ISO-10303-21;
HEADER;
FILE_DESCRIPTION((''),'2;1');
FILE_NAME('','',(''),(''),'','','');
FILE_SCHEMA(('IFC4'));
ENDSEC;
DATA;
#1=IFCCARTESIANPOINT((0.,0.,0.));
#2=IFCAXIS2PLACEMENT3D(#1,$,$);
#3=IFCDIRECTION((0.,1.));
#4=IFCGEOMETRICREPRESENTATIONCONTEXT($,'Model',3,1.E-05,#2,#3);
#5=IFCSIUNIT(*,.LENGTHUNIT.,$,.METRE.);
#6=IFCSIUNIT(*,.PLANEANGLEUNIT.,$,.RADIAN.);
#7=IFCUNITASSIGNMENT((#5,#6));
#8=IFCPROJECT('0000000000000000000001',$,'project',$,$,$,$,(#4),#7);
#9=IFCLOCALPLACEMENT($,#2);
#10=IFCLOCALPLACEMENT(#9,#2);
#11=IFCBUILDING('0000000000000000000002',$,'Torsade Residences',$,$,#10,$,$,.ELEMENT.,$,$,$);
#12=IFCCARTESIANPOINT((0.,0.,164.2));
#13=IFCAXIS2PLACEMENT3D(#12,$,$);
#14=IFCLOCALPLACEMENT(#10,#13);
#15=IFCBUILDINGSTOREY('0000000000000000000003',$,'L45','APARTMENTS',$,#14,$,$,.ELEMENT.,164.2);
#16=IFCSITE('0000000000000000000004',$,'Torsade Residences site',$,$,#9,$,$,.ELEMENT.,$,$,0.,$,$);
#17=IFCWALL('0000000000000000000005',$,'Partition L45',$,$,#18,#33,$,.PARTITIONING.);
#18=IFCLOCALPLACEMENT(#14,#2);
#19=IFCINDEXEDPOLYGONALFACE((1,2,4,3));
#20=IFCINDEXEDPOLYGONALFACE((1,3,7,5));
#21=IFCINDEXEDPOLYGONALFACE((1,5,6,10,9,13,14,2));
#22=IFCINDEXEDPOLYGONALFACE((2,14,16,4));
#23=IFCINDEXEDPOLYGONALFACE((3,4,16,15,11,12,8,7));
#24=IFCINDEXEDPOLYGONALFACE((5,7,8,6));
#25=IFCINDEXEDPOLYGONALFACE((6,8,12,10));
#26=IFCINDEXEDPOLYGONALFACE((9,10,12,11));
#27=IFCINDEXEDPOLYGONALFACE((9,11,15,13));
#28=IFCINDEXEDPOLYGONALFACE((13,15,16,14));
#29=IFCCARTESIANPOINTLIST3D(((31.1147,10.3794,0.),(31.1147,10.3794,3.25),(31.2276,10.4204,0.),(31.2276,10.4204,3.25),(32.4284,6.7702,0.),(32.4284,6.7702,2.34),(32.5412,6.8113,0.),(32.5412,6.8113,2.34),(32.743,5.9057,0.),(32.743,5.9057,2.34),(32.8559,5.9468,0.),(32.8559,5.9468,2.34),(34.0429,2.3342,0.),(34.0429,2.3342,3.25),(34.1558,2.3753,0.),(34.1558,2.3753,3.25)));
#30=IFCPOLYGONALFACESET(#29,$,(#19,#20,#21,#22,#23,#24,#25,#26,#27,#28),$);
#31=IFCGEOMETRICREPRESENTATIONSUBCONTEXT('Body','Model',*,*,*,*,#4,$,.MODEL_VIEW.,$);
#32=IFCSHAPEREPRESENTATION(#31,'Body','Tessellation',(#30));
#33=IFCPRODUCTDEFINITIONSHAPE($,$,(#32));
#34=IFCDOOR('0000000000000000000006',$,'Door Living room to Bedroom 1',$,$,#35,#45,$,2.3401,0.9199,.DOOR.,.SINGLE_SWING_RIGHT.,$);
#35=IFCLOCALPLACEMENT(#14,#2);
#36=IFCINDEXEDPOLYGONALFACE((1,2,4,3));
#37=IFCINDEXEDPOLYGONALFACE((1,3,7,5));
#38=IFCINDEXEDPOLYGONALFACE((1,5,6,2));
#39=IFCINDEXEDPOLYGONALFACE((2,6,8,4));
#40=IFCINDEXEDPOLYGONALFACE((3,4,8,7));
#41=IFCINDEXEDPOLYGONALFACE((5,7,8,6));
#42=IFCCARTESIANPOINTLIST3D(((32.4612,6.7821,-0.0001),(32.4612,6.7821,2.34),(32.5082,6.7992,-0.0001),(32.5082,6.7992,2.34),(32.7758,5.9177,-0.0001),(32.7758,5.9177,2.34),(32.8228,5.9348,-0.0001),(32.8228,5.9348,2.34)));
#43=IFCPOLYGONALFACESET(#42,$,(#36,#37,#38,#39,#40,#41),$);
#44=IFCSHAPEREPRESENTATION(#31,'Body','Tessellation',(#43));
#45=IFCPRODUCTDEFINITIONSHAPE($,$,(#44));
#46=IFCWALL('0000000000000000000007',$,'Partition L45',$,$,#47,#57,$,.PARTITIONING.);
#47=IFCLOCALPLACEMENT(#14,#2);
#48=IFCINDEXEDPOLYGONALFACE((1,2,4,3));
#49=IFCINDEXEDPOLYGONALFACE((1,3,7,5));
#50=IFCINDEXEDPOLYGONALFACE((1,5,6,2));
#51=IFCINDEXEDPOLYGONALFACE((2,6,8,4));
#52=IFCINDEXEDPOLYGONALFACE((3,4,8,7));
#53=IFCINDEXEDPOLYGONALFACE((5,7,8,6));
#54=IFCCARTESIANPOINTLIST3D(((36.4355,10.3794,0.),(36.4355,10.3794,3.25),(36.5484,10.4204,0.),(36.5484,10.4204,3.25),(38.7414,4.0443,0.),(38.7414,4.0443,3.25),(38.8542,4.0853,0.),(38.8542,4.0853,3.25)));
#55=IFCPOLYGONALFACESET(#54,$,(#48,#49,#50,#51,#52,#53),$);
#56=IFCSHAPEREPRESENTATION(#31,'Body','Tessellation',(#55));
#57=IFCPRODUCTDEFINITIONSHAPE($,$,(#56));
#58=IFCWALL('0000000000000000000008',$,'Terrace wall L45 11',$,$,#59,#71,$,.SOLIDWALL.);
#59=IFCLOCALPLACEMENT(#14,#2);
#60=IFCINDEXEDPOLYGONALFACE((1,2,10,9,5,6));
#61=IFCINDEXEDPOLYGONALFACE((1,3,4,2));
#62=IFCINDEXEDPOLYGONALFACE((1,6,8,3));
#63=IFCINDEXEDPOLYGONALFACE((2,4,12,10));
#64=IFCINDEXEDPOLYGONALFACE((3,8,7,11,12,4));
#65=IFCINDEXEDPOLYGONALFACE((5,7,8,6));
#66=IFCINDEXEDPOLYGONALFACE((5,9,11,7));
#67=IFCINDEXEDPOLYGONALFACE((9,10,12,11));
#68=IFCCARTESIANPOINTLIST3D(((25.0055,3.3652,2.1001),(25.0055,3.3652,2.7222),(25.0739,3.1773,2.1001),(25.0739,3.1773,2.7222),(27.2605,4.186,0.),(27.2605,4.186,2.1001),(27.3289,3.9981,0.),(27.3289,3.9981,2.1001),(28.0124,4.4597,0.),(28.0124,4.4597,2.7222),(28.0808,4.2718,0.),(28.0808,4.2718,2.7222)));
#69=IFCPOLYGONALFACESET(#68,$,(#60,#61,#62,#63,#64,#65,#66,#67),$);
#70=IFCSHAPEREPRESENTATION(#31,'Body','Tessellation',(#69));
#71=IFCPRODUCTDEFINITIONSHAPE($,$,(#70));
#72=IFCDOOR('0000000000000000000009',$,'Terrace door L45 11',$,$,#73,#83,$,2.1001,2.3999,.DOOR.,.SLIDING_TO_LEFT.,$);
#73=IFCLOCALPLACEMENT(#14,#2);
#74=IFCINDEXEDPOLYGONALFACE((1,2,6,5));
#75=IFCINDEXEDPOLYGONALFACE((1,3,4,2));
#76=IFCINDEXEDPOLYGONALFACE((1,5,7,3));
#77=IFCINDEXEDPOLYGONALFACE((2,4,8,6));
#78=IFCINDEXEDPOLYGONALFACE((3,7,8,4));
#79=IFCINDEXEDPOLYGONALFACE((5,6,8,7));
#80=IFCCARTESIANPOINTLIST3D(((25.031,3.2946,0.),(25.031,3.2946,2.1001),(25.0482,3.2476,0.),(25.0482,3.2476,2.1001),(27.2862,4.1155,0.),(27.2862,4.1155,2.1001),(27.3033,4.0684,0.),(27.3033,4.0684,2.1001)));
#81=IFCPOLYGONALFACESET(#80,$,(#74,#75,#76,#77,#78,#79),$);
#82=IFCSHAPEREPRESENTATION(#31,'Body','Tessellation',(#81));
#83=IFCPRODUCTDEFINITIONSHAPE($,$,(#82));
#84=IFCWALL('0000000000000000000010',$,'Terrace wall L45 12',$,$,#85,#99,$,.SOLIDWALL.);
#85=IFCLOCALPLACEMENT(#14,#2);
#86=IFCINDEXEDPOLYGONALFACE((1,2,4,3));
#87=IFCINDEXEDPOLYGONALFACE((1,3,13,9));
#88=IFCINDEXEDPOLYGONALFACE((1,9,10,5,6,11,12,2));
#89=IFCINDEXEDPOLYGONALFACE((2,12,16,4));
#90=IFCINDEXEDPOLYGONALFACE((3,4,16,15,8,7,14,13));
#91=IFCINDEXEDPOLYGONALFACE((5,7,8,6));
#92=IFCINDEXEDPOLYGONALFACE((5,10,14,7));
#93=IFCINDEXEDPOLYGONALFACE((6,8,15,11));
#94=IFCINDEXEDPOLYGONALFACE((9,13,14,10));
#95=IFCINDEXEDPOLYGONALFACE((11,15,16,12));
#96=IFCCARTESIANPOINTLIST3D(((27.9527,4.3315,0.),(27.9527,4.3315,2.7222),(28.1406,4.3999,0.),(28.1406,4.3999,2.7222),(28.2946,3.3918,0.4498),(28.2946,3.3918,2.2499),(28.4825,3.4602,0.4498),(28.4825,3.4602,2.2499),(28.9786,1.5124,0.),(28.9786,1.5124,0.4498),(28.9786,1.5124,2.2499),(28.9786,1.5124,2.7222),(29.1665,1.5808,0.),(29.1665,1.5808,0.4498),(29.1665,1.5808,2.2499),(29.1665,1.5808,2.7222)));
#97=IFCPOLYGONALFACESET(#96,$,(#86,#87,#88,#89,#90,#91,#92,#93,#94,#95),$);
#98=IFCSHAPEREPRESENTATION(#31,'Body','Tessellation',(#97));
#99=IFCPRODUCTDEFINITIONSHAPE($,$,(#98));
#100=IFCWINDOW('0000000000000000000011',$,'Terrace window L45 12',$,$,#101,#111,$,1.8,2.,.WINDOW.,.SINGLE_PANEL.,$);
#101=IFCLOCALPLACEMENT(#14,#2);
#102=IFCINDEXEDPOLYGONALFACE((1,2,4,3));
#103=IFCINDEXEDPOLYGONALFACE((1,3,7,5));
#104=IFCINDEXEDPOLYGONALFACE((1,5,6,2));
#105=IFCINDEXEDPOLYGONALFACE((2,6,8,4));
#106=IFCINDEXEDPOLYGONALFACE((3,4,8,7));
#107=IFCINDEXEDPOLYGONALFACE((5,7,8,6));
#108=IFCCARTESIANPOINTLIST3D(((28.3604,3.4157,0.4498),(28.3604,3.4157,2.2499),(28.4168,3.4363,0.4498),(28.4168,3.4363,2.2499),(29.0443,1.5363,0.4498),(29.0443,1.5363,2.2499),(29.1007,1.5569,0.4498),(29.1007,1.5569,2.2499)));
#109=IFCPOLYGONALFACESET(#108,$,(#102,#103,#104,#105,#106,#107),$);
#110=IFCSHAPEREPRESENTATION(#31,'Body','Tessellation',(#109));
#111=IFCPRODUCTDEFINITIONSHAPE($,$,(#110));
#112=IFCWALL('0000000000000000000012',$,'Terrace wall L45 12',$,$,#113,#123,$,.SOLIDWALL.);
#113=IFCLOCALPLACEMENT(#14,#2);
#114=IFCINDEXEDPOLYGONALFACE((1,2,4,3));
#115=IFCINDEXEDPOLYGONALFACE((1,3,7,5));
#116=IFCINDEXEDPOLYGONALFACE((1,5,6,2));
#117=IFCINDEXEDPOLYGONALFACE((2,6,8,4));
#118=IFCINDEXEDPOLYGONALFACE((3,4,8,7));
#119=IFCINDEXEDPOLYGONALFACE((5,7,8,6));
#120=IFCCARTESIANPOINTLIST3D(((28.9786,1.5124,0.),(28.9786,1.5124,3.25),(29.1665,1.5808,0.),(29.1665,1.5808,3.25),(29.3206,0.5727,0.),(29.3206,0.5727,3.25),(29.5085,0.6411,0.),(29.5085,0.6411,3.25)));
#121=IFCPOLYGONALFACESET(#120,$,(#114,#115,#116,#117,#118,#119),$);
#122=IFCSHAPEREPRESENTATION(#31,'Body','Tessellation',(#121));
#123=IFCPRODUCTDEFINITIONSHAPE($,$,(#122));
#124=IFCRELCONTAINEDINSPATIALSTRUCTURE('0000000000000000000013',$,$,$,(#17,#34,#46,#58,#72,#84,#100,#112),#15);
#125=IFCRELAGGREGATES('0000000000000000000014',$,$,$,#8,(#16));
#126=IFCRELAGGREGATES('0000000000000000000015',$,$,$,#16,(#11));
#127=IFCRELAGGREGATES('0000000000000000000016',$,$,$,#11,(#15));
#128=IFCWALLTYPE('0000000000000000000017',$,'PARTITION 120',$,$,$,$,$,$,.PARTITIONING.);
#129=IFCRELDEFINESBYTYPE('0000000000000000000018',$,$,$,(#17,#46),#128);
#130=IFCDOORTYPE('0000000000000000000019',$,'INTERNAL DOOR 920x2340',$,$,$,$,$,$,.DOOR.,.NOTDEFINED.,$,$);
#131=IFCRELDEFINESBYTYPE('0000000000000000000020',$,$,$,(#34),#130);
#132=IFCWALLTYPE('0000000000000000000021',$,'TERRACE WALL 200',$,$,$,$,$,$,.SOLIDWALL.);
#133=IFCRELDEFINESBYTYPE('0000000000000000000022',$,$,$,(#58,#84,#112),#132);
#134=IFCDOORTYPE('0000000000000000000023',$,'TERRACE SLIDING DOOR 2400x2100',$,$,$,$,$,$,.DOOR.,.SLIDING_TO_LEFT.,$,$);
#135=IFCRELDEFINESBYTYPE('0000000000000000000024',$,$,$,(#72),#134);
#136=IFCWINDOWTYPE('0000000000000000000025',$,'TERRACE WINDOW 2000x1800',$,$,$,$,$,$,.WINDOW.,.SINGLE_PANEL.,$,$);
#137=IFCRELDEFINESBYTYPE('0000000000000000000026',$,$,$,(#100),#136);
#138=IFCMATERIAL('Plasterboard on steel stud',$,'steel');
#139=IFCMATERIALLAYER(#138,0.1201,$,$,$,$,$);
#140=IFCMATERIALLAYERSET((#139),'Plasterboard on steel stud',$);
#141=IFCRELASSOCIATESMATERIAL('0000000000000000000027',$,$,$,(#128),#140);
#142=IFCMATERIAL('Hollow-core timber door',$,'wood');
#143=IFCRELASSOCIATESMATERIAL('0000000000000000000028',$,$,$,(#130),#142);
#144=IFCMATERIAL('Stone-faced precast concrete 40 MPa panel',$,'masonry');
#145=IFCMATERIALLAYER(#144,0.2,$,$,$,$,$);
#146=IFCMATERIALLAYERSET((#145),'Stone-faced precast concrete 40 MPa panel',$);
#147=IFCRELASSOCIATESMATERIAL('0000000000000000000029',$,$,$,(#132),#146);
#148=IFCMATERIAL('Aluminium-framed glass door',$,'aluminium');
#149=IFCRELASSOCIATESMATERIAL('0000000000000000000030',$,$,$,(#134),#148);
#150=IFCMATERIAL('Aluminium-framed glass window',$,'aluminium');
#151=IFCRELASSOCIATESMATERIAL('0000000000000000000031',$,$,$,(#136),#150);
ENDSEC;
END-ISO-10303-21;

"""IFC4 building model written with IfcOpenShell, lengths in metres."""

from ifc_helpers import new_model, si_unit, direction, frame, frame_2d, origin, place, context, subcontext, project, spatial, rectangle, extrude, material, layer, layer_set, type_object, element, fill, save


model = new_model("IFC4")

# Units and contexts
model_context = context("Model", 3, precision=1e-05, world=origin(), true_north=direction((0.0, 1.0)))
body_context = subcontext(model_context, "Body", "Model", "MODEL_VIEW")
ifc_project = project(units=[si_unit("LENGTHUNIT", "METRE"), si_unit("PLANEANGLEUNIT", "RADIAN")], contexts=[model_context])

# Site, building, storey
site_placement = place(None, origin())
site = spatial("IfcSite", under=ifc_project, at=site_placement, Name="Torsade Residences site", CompositionType="ELEMENT", RefElevation=0.0)
building_placement = place(site_placement, origin())
building = spatial("IfcBuilding", under=site, at=building_placement, Name="Torsade Residences", CompositionType="ELEMENT")
storey_placement = place(building_placement, frame((0.0, 0.0, 164.2)))
storey = spatial("IfcBuildingStorey", under=building, at=storey_placement, Name="L45", Description="APARTMENTS", CompositionType="ELEMENT", Elevation=164.2)

# Wall, opening, door
ifc_material_1 = material(Name="Plasterboard on steel stud", Category="steel")
ifc_layer_1 = layer(ifc_material_1, 0.1201)
ifc_layer_set_1 = layer_set([ifc_layer_1], Name="Plasterboard on steel stud")
wall_type_1 = type_object("IfcWallType", Name="PARTITION 120", PredefinedType="PARTITIONING", material=ifc_layer_set_1)
wall_1_placement = place(storey_placement, frame((31.1711, 10.3999, 0.0), z_axis=(0.0, 0.0, 1.0), x_axis=(0.342022, -0.939692, 0.0)))
wall_1 = element("IfcWall", 1, at=wall_1_placement, inside=storey, type_object=wall_type_1, Name="Partition L45", PredefinedType="PARTITIONING", context=body_context, shape_type="SweptSolid", body=[
    extrude(rectangle(XDim=8.5615, YDim=0.1201, at=frame_2d((4.2808, 0.0))), origin(), (0.0, 0.0, 1.0), 3.25),
])
opening_1_placement = place(wall_1_placement, frame((3.8408, 0.0, 0.0)))
opening_1 = element("IfcOpeningElement", 2, at=opening_1_placement, cuts=wall_1, PredefinedType="OPENING", context=body_context, shape_type="SweptSolid", body=[
    extrude(rectangle(XDim=0.9199, YDim=2.3401, at=frame_2d((0.46, 1.1699))), frame((0.0, 0.0701, 0.0), z_axis=(0.0, -1.0, 0.0), x_axis=(1.0, 0.0, 0.0)), (0.0, 0.0, 1.0), 0.1401),
])
ifc_material_2 = material(Name="Hollow-core timber door", Category="wood")
door_type_1 = type_object("IfcDoorType", Name="INTERNAL DOOR 920x2340", OperationType="NOTDEFINED", PredefinedType="DOOR", material=ifc_material_2)
door_1_placement = place(opening_1_placement, origin())
door_1 = element("IfcDoor", 3, at=door_1_placement, inside=storey, type_object=door_type_1, Name="Door Living room to Bedroom 1", OperationType="SINGLE_SWING_RIGHT", OverallHeight=2.3401, OverallWidth=0.9199, PredefinedType="DOOR", context=body_context, shape_type="SweptSolid", body=[
    extrude(rectangle(XDim=0.9199, YDim=2.3401, at=frame_2d((0.46, 1.1699))), frame((0.0, 0.0249, 0.0), z_axis=(0.0, -1.0, 0.0), x_axis=(1.0, 0.0, 0.0)), (0.0, 0.0, 1.0), 0.05),
])
fill(opening_1, door_1)

# Wall
wall_2_placement = place(storey_placement, frame((36.4919, 10.3999, 0.0), z_axis=(0.0, 0.0, 1.0), x_axis=(0.342031, -0.939689, 0.0)))
element("IfcWall", 4, at=wall_2_placement, inside=storey, type_object=wall_type_1, Name="Partition L45", PredefinedType="PARTITIONING", context=body_context, shape_type="SweptSolid", body=[
    extrude(rectangle(XDim=6.7417, YDim=0.1201, at=frame_2d((3.3708, 0.0))), origin(), (0.0, 0.0, 1.0), 3.25),
])

# Wall, opening, door
ifc_material_3 = material(Name="Stone-faced precast concrete 40 MPa panel", Category="masonry")
ifc_layer_2 = layer(ifc_material_3, 0.2)
ifc_layer_set_2 = layer_set([ifc_layer_2], Name="Stone-faced precast concrete 40 MPa panel")
wall_type_2 = type_object("IfcWallType", Name="TERRACE WALL 200", PredefinedType="SOLIDWALL", material=ifc_layer_set_2)
wall_3_placement = place(storey_placement, frame((25.0396, 3.2712, 0.0), z_axis=(0.0, 0.0, 1.0), x_axis=(0.939693, 0.342019, 0.0)))
wall_3 = element("IfcWall", 5, at=wall_3_placement, inside=storey, type_object=wall_type_2, Name="Terrace wall L45 11", PredefinedType="SOLIDWALL", context=body_context, shape_type="SweptSolid", body=[
    extrude(rectangle(XDim=3.2, YDim=0.2, at=frame_2d((1.6001, 0.0))), origin(), (0.0, 0.0, 1.0), 2.7222),
])
opening_2_placement = place(wall_3_placement, origin())
opening_2 = element("IfcOpeningElement", 6, at=opening_2_placement, cuts=wall_3, PredefinedType="OPENING", context=body_context, shape_type="SweptSolid", body=[
    extrude(rectangle(XDim=2.3999, YDim=2.1001, at=frame_2d((1.2, 1.05))), frame((0.0, 0.1099, 0.0), z_axis=(0.0, -1.0, 0.0), x_axis=(1.0, 0.0, 0.0)), (0.0, 0.0, 1.0), 0.22),
])
ifc_material_4 = material(Name="Aluminium-framed glass door", Category="aluminium")
door_type_2 = type_object("IfcDoorType", Name="TERRACE SLIDING DOOR 2400x2100", OperationType="SLIDING_TO_LEFT", PredefinedType="DOOR", material=ifc_material_4)
door_2_placement = place(opening_2_placement, origin())
door_2 = element("IfcDoor", 7, at=door_2_placement, inside=storey, type_object=door_type_2, Name="Terrace door L45 11", OperationType="SLIDING_TO_LEFT", OverallHeight=2.1001, OverallWidth=2.3999, PredefinedType="DOOR", context=body_context, shape_type="SweptSolid", body=[
    extrude(rectangle(XDim=2.3999, YDim=2.1001, at=frame_2d((1.2, 1.05))), frame((0.0, 0.0249, 0.0), z_axis=(0.0, -1.0, 0.0), x_axis=(1.0, 0.0, 0.0)), (0.0, 0.0, 1.0), 0.05),
])
fill(opening_2, door_2)

# Wall, opening, window
wall_4_placement = place(storey_placement, frame((28.0466, 4.3657, 0.0), z_axis=(0.0, 0.0, 1.0), x_axis=(0.341965, -0.939713, 0.0)))
wall_4 = element("IfcWall", 8, at=wall_4_placement, inside=storey, type_object=wall_type_2, Name="Terrace wall L45 12", PredefinedType="SOLIDWALL", context=body_context, shape_type="SweptSolid", body=[
    extrude(rectangle(XDim=3.0, YDim=0.2, at=frame_2d((1.5, 0.0))), origin(), (0.0, 0.0, 1.0), 2.7222),
])
opening_3_placement = place(wall_4_placement, frame((1.0, 0.0, 0.45)))
opening_3 = element("IfcOpeningElement", 9, at=opening_3_placement, cuts=wall_4, PredefinedType="OPENING", context=body_context, shape_type="SweptSolid", body=[
    extrude(rectangle(XDim=2.0, YDim=1.8, at=frame_2d((1.0, 0.8999))), frame((0.0, 0.1099, 0.0), z_axis=(0.0, -1.0, 0.0), x_axis=(1.0, 0.0, 0.0)), (0.0, 0.0, 1.0), 0.22),
])
ifc_material_5 = material(Name="Aluminium-framed glass window", Category="aluminium")
window_type = type_object("IfcWindowType", Name="TERRACE WINDOW 2000x1800", PartitioningType="SINGLE_PANEL", PredefinedType="WINDOW", material=ifc_material_5)
window_placement = place(opening_3_placement, origin())
window = element("IfcWindow", 10, at=window_placement, inside=storey, type_object=window_type, Name="Terrace window L45 12", OverallHeight=1.8, OverallWidth=2.0, PartitioningType="SINGLE_PANEL", PredefinedType="WINDOW", context=body_context, shape_type="SweptSolid", body=[
    extrude(rectangle(XDim=2.0, YDim=1.8, at=frame_2d((1.0, 0.8999))), frame((0.0, 0.03, 0.0), z_axis=(0.0, -1.0, 0.0), x_axis=(1.0, 0.0, 0.0)), (0.0, 0.0, 1.0), 0.0601),
])
fill(opening_3, window)

# Wall
wall_5_placement = place(storey_placement, frame((29.0725, 1.5466, 0.0), z_axis=(0.0, 0.0, 1.0), x_axis=(0.342037, -0.939686, 0.0)))
element("IfcWall", 11, at=wall_5_placement, inside=storey, type_object=wall_type_2, Name="Terrace wall L45 12", PredefinedType="SOLIDWALL", context=body_context, shape_type="SweptSolid", body=[
    extrude(rectangle(XDim=1.0, YDim=0.2, at=frame_2d((0.5, 0.0))), origin(), (0.0, 0.0, 1.0), 3.25),
])

save(model, "model.ifc")
